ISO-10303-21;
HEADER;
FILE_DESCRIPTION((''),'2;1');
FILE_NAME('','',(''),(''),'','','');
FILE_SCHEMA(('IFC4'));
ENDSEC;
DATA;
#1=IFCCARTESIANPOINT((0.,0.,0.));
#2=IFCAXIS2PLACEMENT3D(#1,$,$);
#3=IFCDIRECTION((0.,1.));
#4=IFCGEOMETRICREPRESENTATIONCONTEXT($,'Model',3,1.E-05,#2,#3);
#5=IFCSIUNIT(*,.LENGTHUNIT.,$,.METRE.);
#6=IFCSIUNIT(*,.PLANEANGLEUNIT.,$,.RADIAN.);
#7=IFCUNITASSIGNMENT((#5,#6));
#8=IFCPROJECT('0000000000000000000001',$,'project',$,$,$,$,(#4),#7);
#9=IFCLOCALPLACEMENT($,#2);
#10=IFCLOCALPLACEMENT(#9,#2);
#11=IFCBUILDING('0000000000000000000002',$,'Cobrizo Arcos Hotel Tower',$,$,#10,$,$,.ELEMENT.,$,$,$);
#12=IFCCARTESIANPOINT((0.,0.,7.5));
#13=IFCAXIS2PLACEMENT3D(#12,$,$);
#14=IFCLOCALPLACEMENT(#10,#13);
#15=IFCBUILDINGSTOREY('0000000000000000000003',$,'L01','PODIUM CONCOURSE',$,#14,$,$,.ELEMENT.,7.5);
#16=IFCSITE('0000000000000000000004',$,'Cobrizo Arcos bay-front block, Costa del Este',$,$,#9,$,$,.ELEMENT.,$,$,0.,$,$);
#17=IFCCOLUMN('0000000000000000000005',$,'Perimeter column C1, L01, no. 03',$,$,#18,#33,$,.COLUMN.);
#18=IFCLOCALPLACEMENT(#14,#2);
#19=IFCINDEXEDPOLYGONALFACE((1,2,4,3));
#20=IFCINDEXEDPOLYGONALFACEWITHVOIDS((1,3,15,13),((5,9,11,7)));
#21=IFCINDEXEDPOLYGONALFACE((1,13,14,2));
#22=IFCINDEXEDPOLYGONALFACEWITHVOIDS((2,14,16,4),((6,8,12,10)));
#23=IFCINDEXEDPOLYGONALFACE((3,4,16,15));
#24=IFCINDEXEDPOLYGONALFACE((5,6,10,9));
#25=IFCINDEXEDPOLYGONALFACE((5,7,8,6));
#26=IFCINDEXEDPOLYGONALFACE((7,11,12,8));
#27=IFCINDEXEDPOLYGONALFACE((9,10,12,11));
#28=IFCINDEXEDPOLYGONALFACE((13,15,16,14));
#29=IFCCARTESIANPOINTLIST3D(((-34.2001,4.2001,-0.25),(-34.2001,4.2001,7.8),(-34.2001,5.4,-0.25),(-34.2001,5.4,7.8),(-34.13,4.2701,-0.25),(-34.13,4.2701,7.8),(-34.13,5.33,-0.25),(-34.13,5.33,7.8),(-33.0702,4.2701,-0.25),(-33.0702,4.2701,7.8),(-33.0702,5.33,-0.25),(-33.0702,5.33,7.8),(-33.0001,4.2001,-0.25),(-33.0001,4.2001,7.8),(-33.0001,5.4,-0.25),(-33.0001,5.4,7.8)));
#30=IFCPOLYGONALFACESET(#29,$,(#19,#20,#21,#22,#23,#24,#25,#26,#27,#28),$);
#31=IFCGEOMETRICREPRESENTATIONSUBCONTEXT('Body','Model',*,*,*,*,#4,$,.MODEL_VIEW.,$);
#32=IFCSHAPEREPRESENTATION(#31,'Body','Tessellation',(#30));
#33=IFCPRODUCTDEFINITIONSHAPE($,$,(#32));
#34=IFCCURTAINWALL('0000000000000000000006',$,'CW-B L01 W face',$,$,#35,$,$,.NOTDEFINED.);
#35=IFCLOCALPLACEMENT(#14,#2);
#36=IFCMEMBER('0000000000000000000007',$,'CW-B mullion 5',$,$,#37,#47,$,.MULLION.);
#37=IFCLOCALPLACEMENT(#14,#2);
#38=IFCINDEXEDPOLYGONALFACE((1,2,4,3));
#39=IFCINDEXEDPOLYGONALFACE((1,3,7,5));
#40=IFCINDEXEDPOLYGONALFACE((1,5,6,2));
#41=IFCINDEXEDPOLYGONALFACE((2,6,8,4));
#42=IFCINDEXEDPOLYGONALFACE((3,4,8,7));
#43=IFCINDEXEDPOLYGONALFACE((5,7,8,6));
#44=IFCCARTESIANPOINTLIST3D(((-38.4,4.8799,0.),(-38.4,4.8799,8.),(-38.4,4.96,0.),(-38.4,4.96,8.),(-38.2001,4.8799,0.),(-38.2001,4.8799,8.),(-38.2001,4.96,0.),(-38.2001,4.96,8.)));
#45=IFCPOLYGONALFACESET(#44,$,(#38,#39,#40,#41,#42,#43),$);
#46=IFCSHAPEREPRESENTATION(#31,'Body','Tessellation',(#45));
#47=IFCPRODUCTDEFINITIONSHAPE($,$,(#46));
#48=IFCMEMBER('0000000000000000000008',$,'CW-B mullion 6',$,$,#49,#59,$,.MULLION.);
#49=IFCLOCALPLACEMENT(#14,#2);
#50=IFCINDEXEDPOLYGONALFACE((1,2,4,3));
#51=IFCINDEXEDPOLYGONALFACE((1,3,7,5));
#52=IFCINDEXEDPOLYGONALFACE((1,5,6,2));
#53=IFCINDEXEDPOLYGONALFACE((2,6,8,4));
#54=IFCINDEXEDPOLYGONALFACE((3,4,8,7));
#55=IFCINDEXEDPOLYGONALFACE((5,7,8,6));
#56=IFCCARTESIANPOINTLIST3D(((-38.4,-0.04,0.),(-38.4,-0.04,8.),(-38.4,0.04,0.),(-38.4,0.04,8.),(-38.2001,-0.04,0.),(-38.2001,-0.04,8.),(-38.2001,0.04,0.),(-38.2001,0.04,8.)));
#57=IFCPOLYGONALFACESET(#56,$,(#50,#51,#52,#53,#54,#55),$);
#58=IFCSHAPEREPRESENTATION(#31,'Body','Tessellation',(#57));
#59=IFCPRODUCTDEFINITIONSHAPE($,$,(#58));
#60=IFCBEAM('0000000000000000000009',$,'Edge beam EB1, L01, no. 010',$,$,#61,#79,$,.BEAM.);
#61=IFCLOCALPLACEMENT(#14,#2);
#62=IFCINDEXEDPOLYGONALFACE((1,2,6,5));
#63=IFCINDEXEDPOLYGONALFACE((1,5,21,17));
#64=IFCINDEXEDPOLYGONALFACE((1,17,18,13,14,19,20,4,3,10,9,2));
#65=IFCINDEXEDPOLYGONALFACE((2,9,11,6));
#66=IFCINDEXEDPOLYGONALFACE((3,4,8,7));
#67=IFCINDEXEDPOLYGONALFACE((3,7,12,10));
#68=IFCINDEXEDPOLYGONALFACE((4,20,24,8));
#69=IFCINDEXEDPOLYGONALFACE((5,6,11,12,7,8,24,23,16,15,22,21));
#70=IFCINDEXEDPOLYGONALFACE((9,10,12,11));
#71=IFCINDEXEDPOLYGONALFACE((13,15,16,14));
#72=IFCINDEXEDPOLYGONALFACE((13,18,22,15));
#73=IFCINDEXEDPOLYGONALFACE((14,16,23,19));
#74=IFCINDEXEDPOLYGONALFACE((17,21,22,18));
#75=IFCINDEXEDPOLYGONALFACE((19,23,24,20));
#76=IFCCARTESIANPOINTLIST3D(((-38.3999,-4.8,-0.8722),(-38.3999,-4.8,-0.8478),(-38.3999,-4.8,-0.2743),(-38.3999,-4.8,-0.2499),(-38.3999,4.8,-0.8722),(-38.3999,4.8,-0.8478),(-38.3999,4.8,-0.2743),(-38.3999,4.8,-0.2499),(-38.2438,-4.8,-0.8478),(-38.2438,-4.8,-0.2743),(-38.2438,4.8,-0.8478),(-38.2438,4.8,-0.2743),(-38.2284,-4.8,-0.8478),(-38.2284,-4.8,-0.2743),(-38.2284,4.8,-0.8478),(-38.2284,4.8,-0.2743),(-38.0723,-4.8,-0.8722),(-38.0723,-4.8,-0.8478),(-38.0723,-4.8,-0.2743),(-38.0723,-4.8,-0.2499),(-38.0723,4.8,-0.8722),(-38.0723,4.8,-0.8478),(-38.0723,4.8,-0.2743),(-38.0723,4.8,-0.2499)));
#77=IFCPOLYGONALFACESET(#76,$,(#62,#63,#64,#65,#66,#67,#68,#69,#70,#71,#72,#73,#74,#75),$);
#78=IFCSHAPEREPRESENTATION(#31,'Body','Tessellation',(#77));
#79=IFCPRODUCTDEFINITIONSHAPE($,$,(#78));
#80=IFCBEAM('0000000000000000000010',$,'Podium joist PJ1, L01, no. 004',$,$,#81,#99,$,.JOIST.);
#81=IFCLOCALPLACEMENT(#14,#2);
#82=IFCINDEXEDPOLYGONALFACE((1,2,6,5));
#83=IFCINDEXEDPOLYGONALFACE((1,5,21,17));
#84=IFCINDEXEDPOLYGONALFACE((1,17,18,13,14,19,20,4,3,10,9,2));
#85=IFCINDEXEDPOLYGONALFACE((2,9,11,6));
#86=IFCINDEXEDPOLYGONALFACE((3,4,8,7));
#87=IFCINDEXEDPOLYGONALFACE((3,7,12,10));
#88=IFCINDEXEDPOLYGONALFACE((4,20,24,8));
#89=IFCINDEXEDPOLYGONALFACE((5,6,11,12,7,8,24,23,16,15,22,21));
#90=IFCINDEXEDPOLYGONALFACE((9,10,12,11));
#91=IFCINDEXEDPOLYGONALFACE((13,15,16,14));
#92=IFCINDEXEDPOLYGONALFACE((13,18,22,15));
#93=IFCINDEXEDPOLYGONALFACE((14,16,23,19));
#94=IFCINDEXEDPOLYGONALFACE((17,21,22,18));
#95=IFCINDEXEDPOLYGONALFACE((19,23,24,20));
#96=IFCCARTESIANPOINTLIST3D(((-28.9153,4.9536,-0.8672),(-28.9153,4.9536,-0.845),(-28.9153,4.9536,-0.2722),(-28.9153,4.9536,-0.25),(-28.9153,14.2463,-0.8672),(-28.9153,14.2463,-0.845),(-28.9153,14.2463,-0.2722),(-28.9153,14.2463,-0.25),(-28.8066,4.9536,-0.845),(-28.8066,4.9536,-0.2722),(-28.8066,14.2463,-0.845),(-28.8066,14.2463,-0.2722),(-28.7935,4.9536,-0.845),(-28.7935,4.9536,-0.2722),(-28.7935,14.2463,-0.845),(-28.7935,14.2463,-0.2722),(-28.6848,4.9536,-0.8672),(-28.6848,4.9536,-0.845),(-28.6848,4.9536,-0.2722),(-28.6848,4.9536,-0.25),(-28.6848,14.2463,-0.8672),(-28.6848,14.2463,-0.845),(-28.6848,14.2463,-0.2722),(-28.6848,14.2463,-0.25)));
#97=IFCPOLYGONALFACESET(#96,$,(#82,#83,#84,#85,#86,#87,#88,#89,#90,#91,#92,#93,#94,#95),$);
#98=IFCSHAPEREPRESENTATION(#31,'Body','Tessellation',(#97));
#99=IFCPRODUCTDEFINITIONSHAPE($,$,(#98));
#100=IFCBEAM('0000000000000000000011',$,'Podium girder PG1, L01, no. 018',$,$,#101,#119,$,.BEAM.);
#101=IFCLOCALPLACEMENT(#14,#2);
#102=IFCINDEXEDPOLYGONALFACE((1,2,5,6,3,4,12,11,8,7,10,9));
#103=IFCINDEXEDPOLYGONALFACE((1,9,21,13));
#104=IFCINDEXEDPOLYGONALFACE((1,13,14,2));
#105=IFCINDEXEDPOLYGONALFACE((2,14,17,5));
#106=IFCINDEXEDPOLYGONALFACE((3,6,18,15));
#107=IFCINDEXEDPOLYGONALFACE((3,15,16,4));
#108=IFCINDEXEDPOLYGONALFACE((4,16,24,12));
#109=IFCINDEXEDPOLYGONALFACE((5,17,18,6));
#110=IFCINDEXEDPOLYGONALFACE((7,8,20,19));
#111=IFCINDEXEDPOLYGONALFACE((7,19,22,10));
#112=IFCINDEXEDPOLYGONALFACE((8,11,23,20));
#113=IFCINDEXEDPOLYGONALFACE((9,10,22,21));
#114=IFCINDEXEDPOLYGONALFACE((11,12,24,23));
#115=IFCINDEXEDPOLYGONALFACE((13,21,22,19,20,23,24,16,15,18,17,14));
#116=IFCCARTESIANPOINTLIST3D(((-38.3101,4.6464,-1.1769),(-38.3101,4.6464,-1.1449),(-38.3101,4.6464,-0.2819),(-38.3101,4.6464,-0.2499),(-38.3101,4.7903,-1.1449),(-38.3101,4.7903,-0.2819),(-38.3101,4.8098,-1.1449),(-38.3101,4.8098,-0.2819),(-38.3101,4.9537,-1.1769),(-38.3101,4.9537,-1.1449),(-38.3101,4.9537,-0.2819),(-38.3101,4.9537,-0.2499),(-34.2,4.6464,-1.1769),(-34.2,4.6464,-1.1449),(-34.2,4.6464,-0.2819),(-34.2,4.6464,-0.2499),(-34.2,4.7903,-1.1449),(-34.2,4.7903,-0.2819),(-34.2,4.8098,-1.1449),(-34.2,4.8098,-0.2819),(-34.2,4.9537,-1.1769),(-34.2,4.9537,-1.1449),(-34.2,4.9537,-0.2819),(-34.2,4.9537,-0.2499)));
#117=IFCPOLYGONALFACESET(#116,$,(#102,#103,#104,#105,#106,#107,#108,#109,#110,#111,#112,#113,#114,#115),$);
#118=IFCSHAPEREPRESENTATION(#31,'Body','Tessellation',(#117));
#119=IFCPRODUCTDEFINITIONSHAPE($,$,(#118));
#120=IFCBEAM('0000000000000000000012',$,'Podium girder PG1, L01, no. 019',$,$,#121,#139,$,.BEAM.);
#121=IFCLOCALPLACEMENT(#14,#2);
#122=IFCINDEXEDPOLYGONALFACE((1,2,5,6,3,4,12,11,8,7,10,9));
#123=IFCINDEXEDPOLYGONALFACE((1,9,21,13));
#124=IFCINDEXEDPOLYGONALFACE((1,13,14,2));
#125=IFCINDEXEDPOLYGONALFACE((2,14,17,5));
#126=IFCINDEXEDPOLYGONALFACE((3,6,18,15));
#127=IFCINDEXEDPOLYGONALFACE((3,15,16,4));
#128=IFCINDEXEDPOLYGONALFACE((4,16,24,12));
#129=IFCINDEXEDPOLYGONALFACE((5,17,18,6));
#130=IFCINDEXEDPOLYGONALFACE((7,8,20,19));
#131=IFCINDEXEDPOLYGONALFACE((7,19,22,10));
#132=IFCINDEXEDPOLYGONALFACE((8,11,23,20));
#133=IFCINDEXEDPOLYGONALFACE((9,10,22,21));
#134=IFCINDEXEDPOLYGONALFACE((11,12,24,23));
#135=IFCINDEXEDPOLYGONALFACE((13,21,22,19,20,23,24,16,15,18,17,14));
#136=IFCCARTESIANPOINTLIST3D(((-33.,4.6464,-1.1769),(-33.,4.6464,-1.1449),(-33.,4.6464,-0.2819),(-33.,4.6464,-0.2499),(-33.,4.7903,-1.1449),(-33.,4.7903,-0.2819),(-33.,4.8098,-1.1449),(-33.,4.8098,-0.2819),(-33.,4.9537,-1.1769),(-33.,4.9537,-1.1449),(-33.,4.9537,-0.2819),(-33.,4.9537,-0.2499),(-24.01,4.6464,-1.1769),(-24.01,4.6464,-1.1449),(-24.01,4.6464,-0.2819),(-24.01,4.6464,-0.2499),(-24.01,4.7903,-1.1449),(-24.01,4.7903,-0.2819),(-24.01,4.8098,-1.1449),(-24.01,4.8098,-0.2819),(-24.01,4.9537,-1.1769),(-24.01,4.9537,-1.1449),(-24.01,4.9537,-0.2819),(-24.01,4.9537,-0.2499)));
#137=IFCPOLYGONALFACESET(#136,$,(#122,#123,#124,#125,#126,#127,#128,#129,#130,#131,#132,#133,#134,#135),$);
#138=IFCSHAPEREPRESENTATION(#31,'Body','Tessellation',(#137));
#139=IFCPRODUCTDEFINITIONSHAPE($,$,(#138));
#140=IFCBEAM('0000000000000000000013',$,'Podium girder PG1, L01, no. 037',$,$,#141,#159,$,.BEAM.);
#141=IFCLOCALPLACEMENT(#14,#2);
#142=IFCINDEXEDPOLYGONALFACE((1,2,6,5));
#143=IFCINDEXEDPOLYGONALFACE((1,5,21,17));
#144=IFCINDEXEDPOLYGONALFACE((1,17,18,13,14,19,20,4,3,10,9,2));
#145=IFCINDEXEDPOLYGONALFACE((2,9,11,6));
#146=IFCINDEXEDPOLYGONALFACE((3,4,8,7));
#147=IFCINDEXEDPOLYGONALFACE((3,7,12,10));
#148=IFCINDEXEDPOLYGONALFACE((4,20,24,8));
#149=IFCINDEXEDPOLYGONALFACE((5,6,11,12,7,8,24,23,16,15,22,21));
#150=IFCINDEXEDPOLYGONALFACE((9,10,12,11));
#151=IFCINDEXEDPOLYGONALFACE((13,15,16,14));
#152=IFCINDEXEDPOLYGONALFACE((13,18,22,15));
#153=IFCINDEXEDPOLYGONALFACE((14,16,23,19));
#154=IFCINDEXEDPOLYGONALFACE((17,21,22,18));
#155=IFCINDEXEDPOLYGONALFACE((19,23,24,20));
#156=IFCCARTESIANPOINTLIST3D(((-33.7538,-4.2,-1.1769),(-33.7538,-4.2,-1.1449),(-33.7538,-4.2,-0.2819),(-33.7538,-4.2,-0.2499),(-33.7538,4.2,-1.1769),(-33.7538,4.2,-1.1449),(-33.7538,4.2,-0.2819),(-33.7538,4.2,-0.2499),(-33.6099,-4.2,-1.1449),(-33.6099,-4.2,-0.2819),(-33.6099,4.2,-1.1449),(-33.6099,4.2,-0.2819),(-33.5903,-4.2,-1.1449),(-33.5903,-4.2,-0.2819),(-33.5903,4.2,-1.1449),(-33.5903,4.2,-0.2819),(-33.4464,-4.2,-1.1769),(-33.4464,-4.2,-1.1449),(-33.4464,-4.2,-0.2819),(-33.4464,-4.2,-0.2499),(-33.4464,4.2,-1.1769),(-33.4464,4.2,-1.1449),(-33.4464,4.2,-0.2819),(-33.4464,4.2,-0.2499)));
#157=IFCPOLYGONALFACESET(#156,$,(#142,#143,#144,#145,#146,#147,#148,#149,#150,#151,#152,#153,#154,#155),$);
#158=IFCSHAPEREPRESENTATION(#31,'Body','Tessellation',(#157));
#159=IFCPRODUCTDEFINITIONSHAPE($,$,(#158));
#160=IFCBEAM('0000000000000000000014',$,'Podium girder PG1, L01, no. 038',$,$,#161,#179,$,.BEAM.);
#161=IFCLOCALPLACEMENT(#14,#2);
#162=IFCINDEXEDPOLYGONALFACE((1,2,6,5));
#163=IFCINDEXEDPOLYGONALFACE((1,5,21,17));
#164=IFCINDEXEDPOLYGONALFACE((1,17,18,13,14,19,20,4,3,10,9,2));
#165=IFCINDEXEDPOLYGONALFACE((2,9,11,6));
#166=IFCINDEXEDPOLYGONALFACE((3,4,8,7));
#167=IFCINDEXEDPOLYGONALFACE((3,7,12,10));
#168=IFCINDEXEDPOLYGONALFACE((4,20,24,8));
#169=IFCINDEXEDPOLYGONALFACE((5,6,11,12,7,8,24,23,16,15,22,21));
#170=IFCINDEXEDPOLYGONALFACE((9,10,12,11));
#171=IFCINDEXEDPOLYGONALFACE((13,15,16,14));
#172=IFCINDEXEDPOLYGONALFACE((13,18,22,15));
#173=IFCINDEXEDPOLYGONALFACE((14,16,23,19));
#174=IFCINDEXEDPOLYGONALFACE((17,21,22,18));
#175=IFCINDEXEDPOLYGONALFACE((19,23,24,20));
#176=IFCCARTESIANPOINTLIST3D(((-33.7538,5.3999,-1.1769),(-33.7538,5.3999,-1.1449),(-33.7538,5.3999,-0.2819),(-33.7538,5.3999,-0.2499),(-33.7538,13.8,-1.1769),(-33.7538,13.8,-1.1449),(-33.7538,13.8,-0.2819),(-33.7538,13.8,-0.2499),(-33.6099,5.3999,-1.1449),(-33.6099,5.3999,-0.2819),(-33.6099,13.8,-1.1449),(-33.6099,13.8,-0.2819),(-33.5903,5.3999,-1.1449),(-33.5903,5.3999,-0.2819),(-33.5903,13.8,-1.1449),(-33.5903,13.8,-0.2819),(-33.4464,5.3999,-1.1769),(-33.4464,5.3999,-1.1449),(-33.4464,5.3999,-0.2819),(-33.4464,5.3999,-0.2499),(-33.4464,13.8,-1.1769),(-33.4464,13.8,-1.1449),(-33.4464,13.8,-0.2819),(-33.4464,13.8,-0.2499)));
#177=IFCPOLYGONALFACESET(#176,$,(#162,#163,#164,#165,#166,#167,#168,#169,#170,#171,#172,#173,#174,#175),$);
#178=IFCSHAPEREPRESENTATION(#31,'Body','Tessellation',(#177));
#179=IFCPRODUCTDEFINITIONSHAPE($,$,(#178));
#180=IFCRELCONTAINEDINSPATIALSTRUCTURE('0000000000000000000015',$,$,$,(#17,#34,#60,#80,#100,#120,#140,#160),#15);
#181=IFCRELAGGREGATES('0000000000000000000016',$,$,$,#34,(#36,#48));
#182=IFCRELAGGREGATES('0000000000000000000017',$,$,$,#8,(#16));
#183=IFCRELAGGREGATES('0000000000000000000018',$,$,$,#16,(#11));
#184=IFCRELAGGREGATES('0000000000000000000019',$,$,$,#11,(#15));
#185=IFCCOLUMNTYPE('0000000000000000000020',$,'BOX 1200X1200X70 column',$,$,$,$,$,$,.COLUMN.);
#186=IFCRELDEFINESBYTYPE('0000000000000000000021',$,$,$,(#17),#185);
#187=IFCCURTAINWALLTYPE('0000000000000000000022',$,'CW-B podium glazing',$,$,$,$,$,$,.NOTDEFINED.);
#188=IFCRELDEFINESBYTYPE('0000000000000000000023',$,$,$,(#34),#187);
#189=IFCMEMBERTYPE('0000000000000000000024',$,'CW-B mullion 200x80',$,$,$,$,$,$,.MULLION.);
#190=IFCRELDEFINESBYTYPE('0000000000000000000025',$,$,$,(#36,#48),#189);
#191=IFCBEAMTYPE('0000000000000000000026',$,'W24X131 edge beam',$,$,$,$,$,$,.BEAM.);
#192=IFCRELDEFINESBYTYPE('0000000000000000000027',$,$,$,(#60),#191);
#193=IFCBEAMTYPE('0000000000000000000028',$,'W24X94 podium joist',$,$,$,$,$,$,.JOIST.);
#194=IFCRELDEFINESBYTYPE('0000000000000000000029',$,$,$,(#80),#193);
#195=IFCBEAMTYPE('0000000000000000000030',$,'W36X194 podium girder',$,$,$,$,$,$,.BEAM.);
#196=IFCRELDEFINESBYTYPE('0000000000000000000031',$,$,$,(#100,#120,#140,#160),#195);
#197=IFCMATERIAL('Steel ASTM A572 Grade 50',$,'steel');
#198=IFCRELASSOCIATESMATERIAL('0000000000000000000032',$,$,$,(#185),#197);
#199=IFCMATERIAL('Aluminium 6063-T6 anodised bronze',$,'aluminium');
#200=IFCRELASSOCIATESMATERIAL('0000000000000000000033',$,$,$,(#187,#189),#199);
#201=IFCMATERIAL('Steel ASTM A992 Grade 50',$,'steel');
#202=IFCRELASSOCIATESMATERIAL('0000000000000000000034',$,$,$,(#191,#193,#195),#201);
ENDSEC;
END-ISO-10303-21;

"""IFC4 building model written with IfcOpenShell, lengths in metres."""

from ifc_helpers import new_model, si_unit, direction, frame, origin, origin_2d, place, context, subcontext, project, spatial, rectangle, hollow_rectangle, i_section, extrude, material, material_profile, profile_set, type_object, element, aggregate, save


model = new_model("IFC4")

# Units and contexts
model_context = context("Model", 3, precision=1e-05, world=origin(), true_north=direction((0.0, 1.0)))
body_context = subcontext(model_context, "Body", "Model", "MODEL_VIEW")
ifc_project = project(units=[si_unit("LENGTHUNIT", "METRE"), si_unit("PLANEANGLEUNIT", "RADIAN")], contexts=[model_context])

# Site, building, storey
site_placement = place(None, origin())
site = spatial("IfcSite", under=ifc_project, at=site_placement, Name="Cobrizo Arcos bay-front block, Costa del Este", CompositionType="ELEMENT", RefElevation=0.0)
building_placement = place(site_placement, origin())
building = spatial("IfcBuilding", under=site, at=building_placement, Name="Cobrizo Arcos Hotel Tower", CompositionType="ELEMENT")
storey_placement = place(building_placement, frame((0.0, 0.0, 7.5)))
storey = spatial("IfcBuildingStorey", under=building, at=storey_placement, Name="L01", Description="PODIUM CONCOURSE", CompositionType="ELEMENT", Elevation=7.5)

# Column
ifc_material_1 = material(Name="Steel ASTM A572 Grade 50", Category="steel")
ifc_material_profile_1 = material_profile(ifc_material_1, hollow_rectangle(XDim=1.2, YDim=1.2, WallThickness=0.0701, at=origin_2d()), Name="BOX 1200X1200X70")
ifc_profile_set_1 = profile_set([ifc_material_profile_1], Name="Steel ASTM A572 Grade 50")
column_type = type_object("IfcColumnType", Name="BOX 1200X1200X70 column", PredefinedType="COLUMN", material=ifc_profile_set_1)
column_placement = place(storey_placement, frame((-33.6001, 4.8, -0.25), z_axis=(0.0, 0.0, 1.0), x_axis=(1.0, 0.0, 0.0)))
element("IfcColumn", 1, at=column_placement, inside=storey, type_object=column_type, Name="Perimeter column C1, L01, no. 03", PredefinedType="COLUMN", context=body_context, shape_type="SweptSolid", body=[
    extrude(hollow_rectangle(XDim=1.2, YDim=1.2, WallThickness=0.0701, at=origin_2d()), origin(), (0.0, 0.0, 1.0), 8.05),
])

# Curtain wall, members
ifc_material_2 = material(Name="Aluminium 6063-T6 anodised bronze", Category="aluminium")
curtain_wall_type = type_object("IfcCurtainWallType", Name="CW-B podium glazing", PredefinedType="NOTDEFINED", material=ifc_material_2)
curtain_wall_placement = place(storey_placement, origin())
curtain_wall = element("IfcCurtainWall", 2, at=curtain_wall_placement, inside=storey, type_object=curtain_wall_type, Name="CW-B L01 W face", PredefinedType="NOTDEFINED")
ifc_material_profile_2 = material_profile(ifc_material_2, rectangle(XDim=0.2, YDim=0.0801, at=origin_2d()), Name="CW-B mullion 200x80")
ifc_profile_set_2 = profile_set([ifc_material_profile_2], Name="Aluminium 6063-T6 anodised bronze")
member_type = type_object("IfcMemberType", Name="CW-B mullion 200x80", PredefinedType="MULLION", material=ifc_profile_set_2)
member_1_placement = place(storey_placement, frame((-38.3, 4.9199, 0.0), z_axis=(0.0, 0.0, 1.0), x_axis=(-1.0, 0.0, 0.0)))
member_1 = element("IfcMember", 3, at=member_1_placement, type_object=member_type, Name="CW-B mullion 5", PredefinedType="MULLION", context=body_context, shape_type="SweptSolid", body=[
    extrude(rectangle(XDim=0.2, YDim=0.0801, at=origin_2d()), origin(), (0.0, 0.0, 1.0), 8.0),
])
member_2_placement = place(storey_placement, frame((-38.3, 0.0, 0.0), z_axis=(0.0, 0.0, 1.0), x_axis=(-1.0, 0.0, 0.0)))
member_2 = element("IfcMember", 4, at=member_2_placement, type_object=member_type, Name="CW-B mullion 6", PredefinedType="MULLION", context=body_context, shape_type="SweptSolid", body=[
    extrude(rectangle(XDim=0.2, YDim=0.0801, at=origin_2d()), origin(), (0.0, 0.0, 1.0), 8.0),
])

# Beams
ifc_material_3 = material(Name="Steel ASTM A992 Grade 50", Category="steel")
ifc_material_profile_3 = material_profile(ifc_material_3, i_section(OverallWidth=0.3276, OverallDepth=0.6223, WebThickness=0.0154, FlangeThickness=0.0244, at=origin_2d()), Name="W24X131")
ifc_profile_set_3 = profile_set([ifc_material_profile_3], Name="Steel ASTM A992 Grade 50")
beam_type_1 = type_object("IfcBeamType", Name="W24X131 edge beam", PredefinedType="BEAM", material=ifc_profile_set_3)
beam_1_placement = place(storey_placement, frame((-38.2361, 4.8, -0.561), z_axis=(0.0, -1.0, 0.0), x_axis=(1.0, 0.0, 0.0)))
element("IfcBeam", 5, at=beam_1_placement, inside=storey, type_object=beam_type_1, Name="Edge beam EB1, L01, no. 010", PredefinedType="BEAM", context=body_context, shape_type="SweptSolid", body=[
    extrude(i_section(OverallWidth=0.3276, OverallDepth=0.6223, WebThickness=0.0154, FlangeThickness=0.0244, at=origin_2d()), origin(), (0.0, 0.0, 1.0), 9.6001),
])
ifc_material_profile_4 = material_profile(ifc_material_3, i_section(OverallWidth=0.2305, OverallDepth=0.6172, WebThickness=0.0132, FlangeThickness=0.0222, at=origin_2d()), Name="W24X94")
ifc_profile_set_4 = profile_set([ifc_material_profile_4], Name="Steel ASTM A992 Grade 50")
beam_type_2 = type_object("IfcBeamType", Name="W24X94 podium joist", PredefinedType="JOIST", material=ifc_profile_set_4)
beam_2_placement = place(storey_placement, frame((-28.8, 4.9536, -0.5586), z_axis=(0.0, 1.0, 0.0), x_axis=(-1.0, 0.0, 0.0)))
element("IfcBeam", 6, at=beam_2_placement, inside=storey, type_object=beam_type_2, Name="Podium joist PJ1, L01, no. 004", PredefinedType="JOIST", context=body_context, shape_type="SweptSolid", body=[
    extrude(i_section(OverallWidth=0.2305, OverallDepth=0.6172, WebThickness=0.0132, FlangeThickness=0.0222, at=origin_2d()), origin(), (0.0, 0.0, 1.0), 9.2927),
])
ifc_material_profile_5 = material_profile(ifc_material_3, i_section(OverallWidth=0.3074, OverallDepth=0.927, WebThickness=0.0195, FlangeThickness=0.032, at=origin_2d()), Name="W36X194")
ifc_profile_set_5 = profile_set([ifc_material_profile_5], Name="Steel ASTM A992 Grade 50")
beam_type_3 = type_object("IfcBeamType", Name="W36X194 podium girder", PredefinedType="BEAM", material=ifc_profile_set_5)
beam_3_placement = place(storey_placement, frame((-38.3101, 4.8, -0.7134), z_axis=(1.0, 0.0, 0.0), x_axis=(0.0, 1.0, 0.0)))
element("IfcBeam", 7, at=beam_3_placement, inside=storey, type_object=beam_type_3, Name="Podium girder PG1, L01, no. 018", PredefinedType="BEAM", context=body_context, shape_type="SweptSolid", body=[
    extrude(i_section(OverallWidth=0.3074, OverallDepth=0.927, WebThickness=0.0195, FlangeThickness=0.032, at=origin_2d()), origin(), (0.0, 0.0, 1.0), 4.1101),
])
beam_4_placement = place(storey_placement, frame((-33.0, 4.8, -0.7134), z_axis=(1.0, 0.0, 0.0), x_axis=(0.0, 1.0, 0.0)))
element("IfcBeam", 8, at=beam_4_placement, inside=storey, type_object=beam_type_3, Name="Podium girder PG1, L01, no. 019", PredefinedType="BEAM", context=body_context, shape_type="SweptSolid", body=[
    extrude(i_section(OverallWidth=0.3074, OverallDepth=0.927, WebThickness=0.0195, FlangeThickness=0.032, at=origin_2d()), origin(), (0.0, 0.0, 1.0), 8.99),
])
beam_5_placement = place(storey_placement, frame((-33.6001, -4.2, -0.7134), z_axis=(0.0, 1.0, 0.0), x_axis=(-1.0, 0.0, 0.0)))
element("IfcBeam", 9, at=beam_5_placement, inside=storey, type_object=beam_type_3, Name="Podium girder PG1, L01, no. 037", PredefinedType="BEAM", context=body_context, shape_type="SweptSolid", body=[
    extrude(i_section(OverallWidth=0.3074, OverallDepth=0.927, WebThickness=0.0195, FlangeThickness=0.032, at=origin_2d()), origin(), (0.0, 0.0, 1.0), 8.3999),
])
beam_6_placement = place(storey_placement, frame((-33.6001, 5.3999, -0.7134), z_axis=(0.0, 1.0, 0.0), x_axis=(-1.0, 0.0, 0.0)))
element("IfcBeam", 10, at=beam_6_placement, inside=storey, type_object=beam_type_3, Name="Podium girder PG1, L01, no. 038", PredefinedType="BEAM", context=body_context, shape_type="SweptSolid", body=[
    extrude(i_section(OverallWidth=0.3074, OverallDepth=0.927, WebThickness=0.0195, FlangeThickness=0.032, at=origin_2d()), origin(), (0.0, 0.0, 1.0), 8.4001),
])

aggregate(curtain_wall, [member_1, member_2])

save(model, "model.ifc")
